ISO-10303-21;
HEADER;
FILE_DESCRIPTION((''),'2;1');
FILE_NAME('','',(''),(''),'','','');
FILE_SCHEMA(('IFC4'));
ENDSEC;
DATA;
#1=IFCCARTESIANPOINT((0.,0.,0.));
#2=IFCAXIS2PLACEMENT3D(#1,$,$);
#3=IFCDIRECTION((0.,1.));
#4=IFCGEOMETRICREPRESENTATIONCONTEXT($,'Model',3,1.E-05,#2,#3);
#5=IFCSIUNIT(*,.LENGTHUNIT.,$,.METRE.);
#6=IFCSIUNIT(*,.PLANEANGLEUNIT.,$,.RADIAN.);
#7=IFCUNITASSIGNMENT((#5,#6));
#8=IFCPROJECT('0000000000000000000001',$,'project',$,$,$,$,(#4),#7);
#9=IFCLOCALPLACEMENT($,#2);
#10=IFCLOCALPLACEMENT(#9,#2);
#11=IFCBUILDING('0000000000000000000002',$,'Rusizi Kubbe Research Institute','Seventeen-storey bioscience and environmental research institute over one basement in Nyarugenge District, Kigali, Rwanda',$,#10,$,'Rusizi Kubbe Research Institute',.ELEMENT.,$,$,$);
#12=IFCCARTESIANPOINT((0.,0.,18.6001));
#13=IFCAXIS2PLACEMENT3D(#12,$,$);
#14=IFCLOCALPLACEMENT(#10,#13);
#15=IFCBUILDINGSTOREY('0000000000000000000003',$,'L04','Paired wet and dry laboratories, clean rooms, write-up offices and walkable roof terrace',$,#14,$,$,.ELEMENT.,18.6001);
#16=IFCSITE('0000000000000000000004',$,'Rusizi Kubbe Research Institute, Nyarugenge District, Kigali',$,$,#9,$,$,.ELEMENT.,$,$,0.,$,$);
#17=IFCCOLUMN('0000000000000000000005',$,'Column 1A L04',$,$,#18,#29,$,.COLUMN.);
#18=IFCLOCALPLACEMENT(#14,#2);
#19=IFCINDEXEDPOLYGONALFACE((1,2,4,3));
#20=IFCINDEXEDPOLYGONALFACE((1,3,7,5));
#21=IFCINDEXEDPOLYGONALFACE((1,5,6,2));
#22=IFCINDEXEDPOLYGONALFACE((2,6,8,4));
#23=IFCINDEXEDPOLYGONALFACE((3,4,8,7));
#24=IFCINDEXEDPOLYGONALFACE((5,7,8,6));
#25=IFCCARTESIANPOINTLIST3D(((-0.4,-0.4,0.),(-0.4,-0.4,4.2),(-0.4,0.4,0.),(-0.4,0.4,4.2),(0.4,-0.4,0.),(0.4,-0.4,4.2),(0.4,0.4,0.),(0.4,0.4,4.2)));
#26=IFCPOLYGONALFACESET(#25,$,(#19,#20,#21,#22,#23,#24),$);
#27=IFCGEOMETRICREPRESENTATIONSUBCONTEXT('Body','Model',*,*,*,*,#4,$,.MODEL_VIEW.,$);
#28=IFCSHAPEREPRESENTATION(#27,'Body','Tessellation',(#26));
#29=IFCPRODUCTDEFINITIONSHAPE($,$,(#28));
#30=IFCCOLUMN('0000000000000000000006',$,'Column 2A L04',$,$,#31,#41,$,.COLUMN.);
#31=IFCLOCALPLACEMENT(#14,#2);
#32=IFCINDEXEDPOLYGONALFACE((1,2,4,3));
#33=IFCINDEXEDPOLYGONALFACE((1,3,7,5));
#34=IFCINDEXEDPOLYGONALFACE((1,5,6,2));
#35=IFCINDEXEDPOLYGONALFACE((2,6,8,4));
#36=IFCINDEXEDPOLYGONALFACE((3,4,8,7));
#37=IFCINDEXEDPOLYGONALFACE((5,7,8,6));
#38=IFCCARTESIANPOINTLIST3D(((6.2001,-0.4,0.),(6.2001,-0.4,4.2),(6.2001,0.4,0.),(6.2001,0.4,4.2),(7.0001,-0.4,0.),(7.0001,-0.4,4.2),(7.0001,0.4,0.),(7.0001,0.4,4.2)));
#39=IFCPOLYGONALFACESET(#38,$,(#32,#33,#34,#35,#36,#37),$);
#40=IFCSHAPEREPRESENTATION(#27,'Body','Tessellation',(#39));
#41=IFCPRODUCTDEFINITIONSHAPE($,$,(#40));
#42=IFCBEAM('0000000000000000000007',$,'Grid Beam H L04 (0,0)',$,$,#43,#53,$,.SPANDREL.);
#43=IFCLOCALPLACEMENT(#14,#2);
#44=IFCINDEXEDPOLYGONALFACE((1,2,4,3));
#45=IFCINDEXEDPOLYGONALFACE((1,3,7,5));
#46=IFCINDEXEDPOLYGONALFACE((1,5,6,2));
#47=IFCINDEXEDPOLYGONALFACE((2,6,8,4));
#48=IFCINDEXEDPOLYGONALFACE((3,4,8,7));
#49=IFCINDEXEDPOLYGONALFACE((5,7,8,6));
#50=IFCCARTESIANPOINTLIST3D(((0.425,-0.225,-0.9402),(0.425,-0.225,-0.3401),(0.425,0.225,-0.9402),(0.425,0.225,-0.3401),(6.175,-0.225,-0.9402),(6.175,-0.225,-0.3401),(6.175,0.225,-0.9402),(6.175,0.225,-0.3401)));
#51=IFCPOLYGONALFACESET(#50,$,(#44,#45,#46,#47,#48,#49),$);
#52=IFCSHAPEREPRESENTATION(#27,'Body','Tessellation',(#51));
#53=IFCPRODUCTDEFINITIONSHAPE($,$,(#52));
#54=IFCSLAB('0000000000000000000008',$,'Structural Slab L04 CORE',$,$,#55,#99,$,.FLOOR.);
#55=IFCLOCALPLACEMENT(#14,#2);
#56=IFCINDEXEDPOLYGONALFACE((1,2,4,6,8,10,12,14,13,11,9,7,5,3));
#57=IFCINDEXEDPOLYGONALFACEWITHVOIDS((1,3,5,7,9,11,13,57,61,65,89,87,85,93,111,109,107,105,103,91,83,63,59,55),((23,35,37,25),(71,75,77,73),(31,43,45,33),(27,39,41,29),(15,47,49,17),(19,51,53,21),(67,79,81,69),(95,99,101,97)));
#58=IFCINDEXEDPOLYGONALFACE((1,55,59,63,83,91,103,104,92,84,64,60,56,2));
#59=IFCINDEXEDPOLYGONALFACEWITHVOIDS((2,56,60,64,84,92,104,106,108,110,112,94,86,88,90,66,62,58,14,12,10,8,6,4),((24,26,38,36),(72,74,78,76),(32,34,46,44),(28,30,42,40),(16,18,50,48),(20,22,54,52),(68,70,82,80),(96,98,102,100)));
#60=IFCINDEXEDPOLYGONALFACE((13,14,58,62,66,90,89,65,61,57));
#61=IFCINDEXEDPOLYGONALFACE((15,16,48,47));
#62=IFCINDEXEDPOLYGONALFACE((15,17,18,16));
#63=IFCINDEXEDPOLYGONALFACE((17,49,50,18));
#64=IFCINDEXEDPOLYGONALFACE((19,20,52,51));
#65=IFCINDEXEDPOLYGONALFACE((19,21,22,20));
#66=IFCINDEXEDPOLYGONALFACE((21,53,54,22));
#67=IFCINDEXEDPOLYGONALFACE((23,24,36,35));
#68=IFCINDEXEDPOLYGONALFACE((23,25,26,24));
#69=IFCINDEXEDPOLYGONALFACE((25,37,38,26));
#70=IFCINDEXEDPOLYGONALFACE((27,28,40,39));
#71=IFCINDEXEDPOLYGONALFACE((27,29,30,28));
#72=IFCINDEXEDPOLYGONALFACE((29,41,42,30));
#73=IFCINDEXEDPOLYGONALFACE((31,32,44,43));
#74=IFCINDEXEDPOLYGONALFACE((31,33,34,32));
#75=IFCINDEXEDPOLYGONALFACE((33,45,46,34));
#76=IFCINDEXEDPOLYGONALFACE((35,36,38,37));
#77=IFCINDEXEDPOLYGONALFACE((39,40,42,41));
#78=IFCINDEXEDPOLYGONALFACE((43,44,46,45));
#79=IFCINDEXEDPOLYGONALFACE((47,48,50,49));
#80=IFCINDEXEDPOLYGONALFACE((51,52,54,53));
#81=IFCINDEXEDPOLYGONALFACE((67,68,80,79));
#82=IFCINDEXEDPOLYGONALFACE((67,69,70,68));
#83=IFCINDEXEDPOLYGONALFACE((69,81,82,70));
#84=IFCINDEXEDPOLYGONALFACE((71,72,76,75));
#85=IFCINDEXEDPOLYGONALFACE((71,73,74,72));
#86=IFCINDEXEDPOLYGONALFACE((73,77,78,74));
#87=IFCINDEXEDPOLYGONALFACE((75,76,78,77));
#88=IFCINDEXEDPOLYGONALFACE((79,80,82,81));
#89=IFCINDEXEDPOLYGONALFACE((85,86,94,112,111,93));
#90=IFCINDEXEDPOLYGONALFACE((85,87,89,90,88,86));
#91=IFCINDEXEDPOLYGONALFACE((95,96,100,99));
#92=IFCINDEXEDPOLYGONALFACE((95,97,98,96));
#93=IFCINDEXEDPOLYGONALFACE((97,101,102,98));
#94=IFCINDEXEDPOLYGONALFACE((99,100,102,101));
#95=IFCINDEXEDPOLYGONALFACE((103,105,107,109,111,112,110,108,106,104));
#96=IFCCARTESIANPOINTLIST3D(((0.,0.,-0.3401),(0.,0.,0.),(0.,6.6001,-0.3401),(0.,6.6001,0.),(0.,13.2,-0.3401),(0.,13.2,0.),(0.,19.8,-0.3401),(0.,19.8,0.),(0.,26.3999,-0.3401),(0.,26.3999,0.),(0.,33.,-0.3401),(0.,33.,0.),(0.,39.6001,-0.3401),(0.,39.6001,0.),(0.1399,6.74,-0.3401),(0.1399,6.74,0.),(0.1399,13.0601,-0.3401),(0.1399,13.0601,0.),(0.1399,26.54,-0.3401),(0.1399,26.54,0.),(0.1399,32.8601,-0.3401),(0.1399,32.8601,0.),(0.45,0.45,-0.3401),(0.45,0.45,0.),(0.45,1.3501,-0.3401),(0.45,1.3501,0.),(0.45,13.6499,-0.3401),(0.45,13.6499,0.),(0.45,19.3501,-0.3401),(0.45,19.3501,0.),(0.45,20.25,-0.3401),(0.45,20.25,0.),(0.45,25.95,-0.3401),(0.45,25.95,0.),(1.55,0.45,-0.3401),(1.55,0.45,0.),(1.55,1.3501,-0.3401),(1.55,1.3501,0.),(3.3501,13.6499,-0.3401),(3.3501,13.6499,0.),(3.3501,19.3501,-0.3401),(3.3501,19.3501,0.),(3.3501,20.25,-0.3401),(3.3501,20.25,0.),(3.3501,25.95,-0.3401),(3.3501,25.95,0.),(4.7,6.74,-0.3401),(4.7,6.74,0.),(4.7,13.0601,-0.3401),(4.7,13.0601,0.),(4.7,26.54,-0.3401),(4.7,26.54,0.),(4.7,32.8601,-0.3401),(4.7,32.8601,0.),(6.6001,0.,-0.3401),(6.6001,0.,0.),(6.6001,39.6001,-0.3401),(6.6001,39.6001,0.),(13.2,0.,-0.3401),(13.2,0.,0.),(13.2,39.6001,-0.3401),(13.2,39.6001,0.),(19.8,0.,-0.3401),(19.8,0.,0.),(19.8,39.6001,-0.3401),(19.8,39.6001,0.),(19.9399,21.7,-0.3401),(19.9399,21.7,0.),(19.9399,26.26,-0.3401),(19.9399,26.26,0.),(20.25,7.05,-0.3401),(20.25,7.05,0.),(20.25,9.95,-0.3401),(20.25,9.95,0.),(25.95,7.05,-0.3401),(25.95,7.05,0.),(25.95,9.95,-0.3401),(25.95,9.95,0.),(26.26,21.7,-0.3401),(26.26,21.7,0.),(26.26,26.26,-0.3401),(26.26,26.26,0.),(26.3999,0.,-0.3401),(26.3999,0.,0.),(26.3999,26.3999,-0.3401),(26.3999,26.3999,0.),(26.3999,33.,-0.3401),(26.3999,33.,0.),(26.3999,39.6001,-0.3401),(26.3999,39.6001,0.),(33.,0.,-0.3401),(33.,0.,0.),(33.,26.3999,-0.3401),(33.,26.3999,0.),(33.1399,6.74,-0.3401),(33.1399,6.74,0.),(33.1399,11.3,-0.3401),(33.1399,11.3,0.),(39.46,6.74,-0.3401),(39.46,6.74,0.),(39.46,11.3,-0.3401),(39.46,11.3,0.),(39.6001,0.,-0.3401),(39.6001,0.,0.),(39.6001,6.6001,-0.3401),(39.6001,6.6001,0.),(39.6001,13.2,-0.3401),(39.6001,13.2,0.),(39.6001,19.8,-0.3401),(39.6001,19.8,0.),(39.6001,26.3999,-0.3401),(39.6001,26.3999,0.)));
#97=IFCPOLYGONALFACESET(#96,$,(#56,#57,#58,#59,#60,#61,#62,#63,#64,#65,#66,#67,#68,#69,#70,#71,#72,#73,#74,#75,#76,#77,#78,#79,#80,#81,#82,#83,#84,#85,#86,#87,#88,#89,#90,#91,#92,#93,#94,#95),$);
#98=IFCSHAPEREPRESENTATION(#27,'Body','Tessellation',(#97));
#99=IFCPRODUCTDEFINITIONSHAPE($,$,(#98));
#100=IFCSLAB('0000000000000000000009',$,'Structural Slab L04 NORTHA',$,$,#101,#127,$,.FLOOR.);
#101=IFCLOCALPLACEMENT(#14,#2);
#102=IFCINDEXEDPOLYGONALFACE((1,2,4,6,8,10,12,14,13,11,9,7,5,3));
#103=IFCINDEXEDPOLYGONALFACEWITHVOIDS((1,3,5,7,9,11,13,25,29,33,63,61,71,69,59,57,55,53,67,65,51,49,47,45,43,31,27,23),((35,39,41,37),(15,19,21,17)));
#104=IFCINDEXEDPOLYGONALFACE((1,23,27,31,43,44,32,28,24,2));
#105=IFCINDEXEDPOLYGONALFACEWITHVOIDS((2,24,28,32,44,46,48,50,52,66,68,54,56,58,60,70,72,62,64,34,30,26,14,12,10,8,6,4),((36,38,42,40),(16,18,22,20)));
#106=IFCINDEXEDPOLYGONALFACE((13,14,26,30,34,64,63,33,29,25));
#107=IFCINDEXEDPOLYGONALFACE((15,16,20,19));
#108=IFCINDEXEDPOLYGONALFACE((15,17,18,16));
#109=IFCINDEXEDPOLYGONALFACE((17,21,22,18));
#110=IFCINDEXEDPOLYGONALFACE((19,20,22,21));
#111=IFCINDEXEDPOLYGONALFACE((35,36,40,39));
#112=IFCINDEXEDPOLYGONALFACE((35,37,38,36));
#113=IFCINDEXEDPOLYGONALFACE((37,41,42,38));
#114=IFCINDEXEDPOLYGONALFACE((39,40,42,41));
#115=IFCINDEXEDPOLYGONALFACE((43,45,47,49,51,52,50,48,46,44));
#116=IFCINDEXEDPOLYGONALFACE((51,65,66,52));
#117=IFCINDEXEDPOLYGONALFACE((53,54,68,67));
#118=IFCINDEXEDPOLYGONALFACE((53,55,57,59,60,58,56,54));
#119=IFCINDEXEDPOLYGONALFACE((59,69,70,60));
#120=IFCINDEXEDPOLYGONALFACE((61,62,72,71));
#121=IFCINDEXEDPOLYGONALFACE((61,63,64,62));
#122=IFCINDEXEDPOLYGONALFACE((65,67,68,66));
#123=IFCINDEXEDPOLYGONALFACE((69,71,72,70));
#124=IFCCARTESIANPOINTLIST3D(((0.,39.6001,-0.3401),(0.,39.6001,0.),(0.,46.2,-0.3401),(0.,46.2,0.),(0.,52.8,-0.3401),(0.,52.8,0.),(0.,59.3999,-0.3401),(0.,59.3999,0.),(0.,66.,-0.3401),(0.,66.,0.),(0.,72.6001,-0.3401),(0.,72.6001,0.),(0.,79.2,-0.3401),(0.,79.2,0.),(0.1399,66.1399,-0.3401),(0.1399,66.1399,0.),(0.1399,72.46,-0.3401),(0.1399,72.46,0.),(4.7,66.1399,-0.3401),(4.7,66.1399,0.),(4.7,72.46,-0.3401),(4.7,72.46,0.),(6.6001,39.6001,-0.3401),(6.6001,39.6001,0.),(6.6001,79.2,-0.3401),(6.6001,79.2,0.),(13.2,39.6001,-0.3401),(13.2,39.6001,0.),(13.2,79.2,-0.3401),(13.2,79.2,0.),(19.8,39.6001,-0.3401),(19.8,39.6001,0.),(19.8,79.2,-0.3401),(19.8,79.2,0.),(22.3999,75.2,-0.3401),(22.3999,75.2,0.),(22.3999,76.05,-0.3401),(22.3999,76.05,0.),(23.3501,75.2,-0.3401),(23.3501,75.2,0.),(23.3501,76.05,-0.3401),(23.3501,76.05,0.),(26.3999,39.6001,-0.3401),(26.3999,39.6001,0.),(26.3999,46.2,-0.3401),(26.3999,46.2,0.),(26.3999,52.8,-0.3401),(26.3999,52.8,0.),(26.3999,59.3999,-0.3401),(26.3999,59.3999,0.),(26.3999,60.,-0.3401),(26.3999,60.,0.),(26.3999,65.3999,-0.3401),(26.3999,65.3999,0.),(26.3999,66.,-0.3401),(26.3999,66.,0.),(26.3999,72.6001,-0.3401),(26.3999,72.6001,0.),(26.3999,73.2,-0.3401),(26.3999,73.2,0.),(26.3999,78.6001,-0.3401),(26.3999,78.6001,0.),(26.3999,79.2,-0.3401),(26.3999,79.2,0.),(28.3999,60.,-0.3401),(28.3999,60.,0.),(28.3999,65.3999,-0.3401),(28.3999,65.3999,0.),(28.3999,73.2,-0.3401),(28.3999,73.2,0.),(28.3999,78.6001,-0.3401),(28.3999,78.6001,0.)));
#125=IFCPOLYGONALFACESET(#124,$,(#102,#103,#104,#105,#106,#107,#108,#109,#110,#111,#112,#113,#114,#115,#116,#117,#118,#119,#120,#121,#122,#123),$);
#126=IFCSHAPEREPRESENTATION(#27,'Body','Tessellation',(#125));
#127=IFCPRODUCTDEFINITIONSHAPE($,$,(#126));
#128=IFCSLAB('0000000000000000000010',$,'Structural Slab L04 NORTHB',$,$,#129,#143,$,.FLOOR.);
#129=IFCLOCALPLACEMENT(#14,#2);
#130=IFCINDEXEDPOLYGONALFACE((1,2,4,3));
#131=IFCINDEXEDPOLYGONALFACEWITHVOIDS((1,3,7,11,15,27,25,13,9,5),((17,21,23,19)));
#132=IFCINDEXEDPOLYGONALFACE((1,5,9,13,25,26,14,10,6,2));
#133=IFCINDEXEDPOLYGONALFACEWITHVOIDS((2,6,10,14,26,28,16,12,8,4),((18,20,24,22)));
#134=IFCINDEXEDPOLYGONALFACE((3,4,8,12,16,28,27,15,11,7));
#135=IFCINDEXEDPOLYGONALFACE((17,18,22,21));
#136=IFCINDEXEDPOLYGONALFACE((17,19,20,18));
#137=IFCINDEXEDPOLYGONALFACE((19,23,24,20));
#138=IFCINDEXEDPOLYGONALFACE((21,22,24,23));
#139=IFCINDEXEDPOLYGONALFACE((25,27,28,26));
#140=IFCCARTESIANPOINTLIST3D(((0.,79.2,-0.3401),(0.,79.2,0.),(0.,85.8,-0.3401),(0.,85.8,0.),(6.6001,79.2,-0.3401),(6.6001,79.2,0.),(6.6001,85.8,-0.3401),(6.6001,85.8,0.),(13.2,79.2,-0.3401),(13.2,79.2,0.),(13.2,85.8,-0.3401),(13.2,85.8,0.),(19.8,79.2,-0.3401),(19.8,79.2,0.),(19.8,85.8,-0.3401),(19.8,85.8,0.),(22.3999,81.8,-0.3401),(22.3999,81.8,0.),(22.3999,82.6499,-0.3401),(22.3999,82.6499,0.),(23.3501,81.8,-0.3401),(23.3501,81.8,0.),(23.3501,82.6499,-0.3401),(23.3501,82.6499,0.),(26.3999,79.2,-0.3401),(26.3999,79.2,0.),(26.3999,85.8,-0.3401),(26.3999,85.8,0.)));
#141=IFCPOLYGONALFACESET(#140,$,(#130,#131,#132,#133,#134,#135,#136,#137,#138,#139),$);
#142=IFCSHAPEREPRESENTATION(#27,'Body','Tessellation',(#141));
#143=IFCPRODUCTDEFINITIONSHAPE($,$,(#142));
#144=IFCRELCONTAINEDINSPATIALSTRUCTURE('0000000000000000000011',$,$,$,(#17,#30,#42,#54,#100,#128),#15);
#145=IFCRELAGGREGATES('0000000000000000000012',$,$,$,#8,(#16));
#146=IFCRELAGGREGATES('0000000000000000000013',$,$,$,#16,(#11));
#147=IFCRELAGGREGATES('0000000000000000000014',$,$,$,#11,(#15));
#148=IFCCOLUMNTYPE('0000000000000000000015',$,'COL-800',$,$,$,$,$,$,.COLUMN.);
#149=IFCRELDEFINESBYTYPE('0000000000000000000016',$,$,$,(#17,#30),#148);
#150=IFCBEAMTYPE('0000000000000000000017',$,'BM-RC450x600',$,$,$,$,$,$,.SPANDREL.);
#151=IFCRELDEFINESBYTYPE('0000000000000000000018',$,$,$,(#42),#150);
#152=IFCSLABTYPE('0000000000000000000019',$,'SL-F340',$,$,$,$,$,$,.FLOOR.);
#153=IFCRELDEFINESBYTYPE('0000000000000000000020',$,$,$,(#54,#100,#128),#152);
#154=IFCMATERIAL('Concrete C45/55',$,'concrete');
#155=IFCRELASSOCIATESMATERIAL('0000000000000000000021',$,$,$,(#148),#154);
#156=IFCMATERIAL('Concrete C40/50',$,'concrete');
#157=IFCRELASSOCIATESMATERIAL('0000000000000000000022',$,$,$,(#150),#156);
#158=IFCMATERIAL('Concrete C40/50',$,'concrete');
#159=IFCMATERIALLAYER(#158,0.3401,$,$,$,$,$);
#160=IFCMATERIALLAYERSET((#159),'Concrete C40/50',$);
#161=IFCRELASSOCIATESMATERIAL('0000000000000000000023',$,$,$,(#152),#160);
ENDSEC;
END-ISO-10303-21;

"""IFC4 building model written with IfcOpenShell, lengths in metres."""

from ifc_helpers import new_model, si_unit, direction, frame, origin, origin_2d, place, context, subcontext, project, spatial, polyline, rectangle, outline, extrude, material, layer, layer_set, material_profile, profile_set, type_object, element, save


model = new_model("IFC4")

# Units and contexts
model_context = context("Model", 3, precision=1e-05, world=origin(), true_north=direction((0.0, 1.0)))
body_context = subcontext(model_context, "Body", "Model", "MODEL_VIEW")
ifc_project = project(units=[si_unit("LENGTHUNIT", "METRE"), si_unit("PLANEANGLEUNIT", "RADIAN")], contexts=[model_context])

# Site, building, storey
site_placement = place(None, origin())
site = spatial("IfcSite", under=ifc_project, at=site_placement, Name="Rusizi Kubbe Research Institute, Nyarugenge District, Kigali", CompositionType="ELEMENT", RefElevation=0.0)
building_placement = place(site_placement, origin())
building = spatial("IfcBuilding", under=site, at=building_placement, Name="Rusizi Kubbe Research Institute", Description="Seventeen-storey bioscience and environmental research institute over one basement in Nyarugenge District, Kigali, Rwanda", LongName="Rusizi Kubbe Research Institute", CompositionType="ELEMENT")
storey_placement = place(building_placement, frame((0.0, 0.0, 18.6001)))
storey = spatial("IfcBuildingStorey", under=building, at=storey_placement, Name="L04", Description="Paired wet and dry laboratories, clean rooms, write-up offices and walkable roof terrace", CompositionType="ELEMENT", Elevation=18.6001)

# Columns
ifc_material_1 = material(Name="Concrete C45/55", Category="concrete")
ifc_material_profile_1 = material_profile(ifc_material_1, rectangle(XDim=0.8, YDim=0.8, at=origin_2d()), Name="RC800x800")
ifc_profile_set_1 = profile_set([ifc_material_profile_1], Name="Concrete C45/55")
column_type = type_object("IfcColumnType", Name="COL-800", PredefinedType="COLUMN", material=ifc_profile_set_1)
for number, where, z_axis, x_axis, name in (
    (1, (0.0, 0.0, 0.0), (0.0, 0.0, 1.0), (1.0, 0.0, 0.0), "Column 1A L04"),
    (2, (6.6001, 0.0, 0.0), (0.0, 0.0, 1.0), (1.0, 0.0, 0.0), "Column 2A L04"),
):
    element("IfcColumn", number, at=place(storey_placement, frame(where, z_axis=z_axis, x_axis=x_axis)), inside=storey, type_object=column_type, Name=name, PredefinedType="COLUMN", context=body_context, shape_type="SweptSolid", body=[
        extrude(rectangle(XDim=0.8, YDim=0.8, at=origin_2d()), origin(), (0.0, 0.0, 1.0), 4.2),
    ])

# Beam
ifc_material_2 = material(Name="Concrete C40/50", Category="concrete")
ifc_material_profile_2 = material_profile(ifc_material_2, rectangle(XDim=0.45, YDim=0.6001, at=origin_2d()), Name="RC450x600")
ifc_profile_set_2 = profile_set([ifc_material_profile_2], Name="Concrete C40/50")
beam_type = type_object("IfcBeamType", Name="BM-RC450x600", PredefinedType="SPANDREL", material=ifc_profile_set_2)
beam_placement = place(storey_placement, frame((0.425, 0.0, -0.6401), z_axis=(1.0, 0.0, 0.0), x_axis=(0.0, 1.0, 0.0)))
element("IfcBeam", 3, at=beam_placement, inside=storey, type_object=beam_type, Name="Grid Beam H L04 (0,0)", PredefinedType="SPANDREL", context=body_context, shape_type="SweptSolid", body=[
    extrude(rectangle(XDim=0.45, YDim=0.6001, at=origin_2d()), origin(), (0.0, 0.0, 1.0), 5.75),
])

# Slabs
ifc_material_3 = material(Name="Concrete C40/50", Category="concrete")
ifc_layer_1 = layer(ifc_material_3, 0.3401)
ifc_layer_set_1 = layer_set([ifc_layer_1], Name="Concrete C40/50")
slab_type_1 = type_object("IfcSlabType", Name="SL-F340", PredefinedType="FLOOR", material=ifc_layer_set_1)
slab_1_placement = place(storey_placement, frame((0.0, 0.0, -0.3401)))
element("IfcSlab", 4, at=slab_1_placement, inside=storey, type_object=slab_type_1, Name="Structural Slab L04 CORE", PredefinedType="FLOOR", context=body_context, shape_type="SweptSolid", body=[
    extrude(outline(polyline([(0.0, 33.0), (0.0, 39.6001), (6.6001, 39.6001), (13.2, 39.6001), (19.8, 39.6001), (26.3999, 39.6001), (26.3999, 33.0), (26.3999, 26.3999), (33.0, 26.3999), (39.6001, 26.3999), (39.6001, 19.8), (39.6001, 13.2), (39.6001, 6.6001), (39.6001, 0.0), (33.0, 0.0), (26.3999, 0.0), (19.8, 0.0), (13.2, 0.0), (6.6001, 0.0), (0.0, 0.0), (0.0, 6.6001), (0.0, 13.2), (0.0, 19.8), (0.0, 26.3999), (0.0, 33.0)]), holes=[polyline([(0.45, 1.3501), (0.45, 0.45), (1.55, 0.45), (1.55, 1.3501), (0.45, 1.3501)]), polyline([(20.25, 9.95), (20.25, 7.05), (25.95, 7.05), (25.95, 9.95), (20.25, 9.95)]), polyline([(33.1399, 11.3), (33.1399, 6.74), (39.46, 6.74), (39.46, 11.3), (33.1399, 11.3)]), polyline([(0.1399, 13.0601), (0.1399, 6.74), (4.7, 6.74), (4.7, 13.0601), (0.1399, 13.0601)]), polyline([(0.45, 19.3501), (0.45, 13.6499), (3.3501, 13.6499), (3.3501, 19.3501), (0.45, 19.3501)]), polyline([(0.45, 25.95), (0.45, 20.25), (3.3501, 20.25), (3.3501, 25.95), (0.45, 25.95)]), polyline([(19.9399, 26.26), (19.9399, 21.7), (26.26, 21.7), (26.26, 26.26), (19.9399, 26.26)]), polyline([(4.7, 32.8601), (0.1399, 32.8601), (0.1399, 26.54), (4.7, 26.54), (4.7, 32.8601)])]), origin(), (0.0, 0.0, 1.0), 0.3401),
])
slab_2_placement = place(storey_placement, frame((0.0, 0.0, -0.3401)))
element("IfcSlab", 5, at=slab_2_placement, inside=storey, type_object=slab_type_1, Name="Structural Slab L04 NORTHA", PredefinedType="FLOOR", context=body_context, shape_type="SweptSolid", body=[
    extrude(outline(polyline([(0.0, 72.6001), (0.0, 79.2), (6.6001, 79.2), (13.2, 79.2), (19.8, 79.2), (26.3999, 79.2), (26.3999, 78.6001), (28.3999, 78.6001), (28.3999, 73.2), (26.3999, 73.2), (26.3999, 72.6001), (26.3999, 66.0), (26.3999, 65.3999), (28.3999, 65.3999), (28.3999, 60.0), (26.3999, 60.0), (26.3999, 59.3999), (26.3999, 52.8), (26.3999, 46.2), (26.3999, 39.6001), (19.8, 39.6001), (13.2, 39.6001), (6.6001, 39.6001), (0.0, 39.6001), (0.0, 46.2), (0.0, 52.8), (0.0, 59.3999), (0.0, 66.0), (0.0, 72.6001)]), holes=[polyline([(4.7, 72.46), (0.1399, 72.46), (0.1399, 66.1399), (4.7, 66.1399), (4.7, 72.46)]), polyline([(23.3501, 76.05), (22.3999, 76.05), (22.3999, 75.2), (23.3501, 75.2), (23.3501, 76.05)])]), origin(), (0.0, 0.0, 1.0), 0.3401),
])
slab_3_placement = place(storey_placement, frame((0.0, 0.0, -0.3401)))
element("IfcSlab", 6, at=slab_3_placement, inside=storey, type_object=slab_type_1, Name="Structural Slab L04 NORTHB", PredefinedType="FLOOR", context=body_context, shape_type="SweptSolid", body=[
    extrude(outline(polyline([(6.6001, 85.8), (13.2, 85.8), (19.8, 85.8), (26.3999, 85.8), (26.3999, 79.2), (19.8, 79.2), (13.2, 79.2), (6.6001, 79.2), (0.0, 79.2), (0.0, 85.8), (6.6001, 85.8)]), holes=[polyline([(23.3501, 82.6499), (22.3999, 82.6499), (22.3999, 81.8), (23.3501, 81.8), (23.3501, 82.6499)])]), origin(), (0.0, 0.0, 1.0), 0.3401),
])

save(model, "model.ifc")
